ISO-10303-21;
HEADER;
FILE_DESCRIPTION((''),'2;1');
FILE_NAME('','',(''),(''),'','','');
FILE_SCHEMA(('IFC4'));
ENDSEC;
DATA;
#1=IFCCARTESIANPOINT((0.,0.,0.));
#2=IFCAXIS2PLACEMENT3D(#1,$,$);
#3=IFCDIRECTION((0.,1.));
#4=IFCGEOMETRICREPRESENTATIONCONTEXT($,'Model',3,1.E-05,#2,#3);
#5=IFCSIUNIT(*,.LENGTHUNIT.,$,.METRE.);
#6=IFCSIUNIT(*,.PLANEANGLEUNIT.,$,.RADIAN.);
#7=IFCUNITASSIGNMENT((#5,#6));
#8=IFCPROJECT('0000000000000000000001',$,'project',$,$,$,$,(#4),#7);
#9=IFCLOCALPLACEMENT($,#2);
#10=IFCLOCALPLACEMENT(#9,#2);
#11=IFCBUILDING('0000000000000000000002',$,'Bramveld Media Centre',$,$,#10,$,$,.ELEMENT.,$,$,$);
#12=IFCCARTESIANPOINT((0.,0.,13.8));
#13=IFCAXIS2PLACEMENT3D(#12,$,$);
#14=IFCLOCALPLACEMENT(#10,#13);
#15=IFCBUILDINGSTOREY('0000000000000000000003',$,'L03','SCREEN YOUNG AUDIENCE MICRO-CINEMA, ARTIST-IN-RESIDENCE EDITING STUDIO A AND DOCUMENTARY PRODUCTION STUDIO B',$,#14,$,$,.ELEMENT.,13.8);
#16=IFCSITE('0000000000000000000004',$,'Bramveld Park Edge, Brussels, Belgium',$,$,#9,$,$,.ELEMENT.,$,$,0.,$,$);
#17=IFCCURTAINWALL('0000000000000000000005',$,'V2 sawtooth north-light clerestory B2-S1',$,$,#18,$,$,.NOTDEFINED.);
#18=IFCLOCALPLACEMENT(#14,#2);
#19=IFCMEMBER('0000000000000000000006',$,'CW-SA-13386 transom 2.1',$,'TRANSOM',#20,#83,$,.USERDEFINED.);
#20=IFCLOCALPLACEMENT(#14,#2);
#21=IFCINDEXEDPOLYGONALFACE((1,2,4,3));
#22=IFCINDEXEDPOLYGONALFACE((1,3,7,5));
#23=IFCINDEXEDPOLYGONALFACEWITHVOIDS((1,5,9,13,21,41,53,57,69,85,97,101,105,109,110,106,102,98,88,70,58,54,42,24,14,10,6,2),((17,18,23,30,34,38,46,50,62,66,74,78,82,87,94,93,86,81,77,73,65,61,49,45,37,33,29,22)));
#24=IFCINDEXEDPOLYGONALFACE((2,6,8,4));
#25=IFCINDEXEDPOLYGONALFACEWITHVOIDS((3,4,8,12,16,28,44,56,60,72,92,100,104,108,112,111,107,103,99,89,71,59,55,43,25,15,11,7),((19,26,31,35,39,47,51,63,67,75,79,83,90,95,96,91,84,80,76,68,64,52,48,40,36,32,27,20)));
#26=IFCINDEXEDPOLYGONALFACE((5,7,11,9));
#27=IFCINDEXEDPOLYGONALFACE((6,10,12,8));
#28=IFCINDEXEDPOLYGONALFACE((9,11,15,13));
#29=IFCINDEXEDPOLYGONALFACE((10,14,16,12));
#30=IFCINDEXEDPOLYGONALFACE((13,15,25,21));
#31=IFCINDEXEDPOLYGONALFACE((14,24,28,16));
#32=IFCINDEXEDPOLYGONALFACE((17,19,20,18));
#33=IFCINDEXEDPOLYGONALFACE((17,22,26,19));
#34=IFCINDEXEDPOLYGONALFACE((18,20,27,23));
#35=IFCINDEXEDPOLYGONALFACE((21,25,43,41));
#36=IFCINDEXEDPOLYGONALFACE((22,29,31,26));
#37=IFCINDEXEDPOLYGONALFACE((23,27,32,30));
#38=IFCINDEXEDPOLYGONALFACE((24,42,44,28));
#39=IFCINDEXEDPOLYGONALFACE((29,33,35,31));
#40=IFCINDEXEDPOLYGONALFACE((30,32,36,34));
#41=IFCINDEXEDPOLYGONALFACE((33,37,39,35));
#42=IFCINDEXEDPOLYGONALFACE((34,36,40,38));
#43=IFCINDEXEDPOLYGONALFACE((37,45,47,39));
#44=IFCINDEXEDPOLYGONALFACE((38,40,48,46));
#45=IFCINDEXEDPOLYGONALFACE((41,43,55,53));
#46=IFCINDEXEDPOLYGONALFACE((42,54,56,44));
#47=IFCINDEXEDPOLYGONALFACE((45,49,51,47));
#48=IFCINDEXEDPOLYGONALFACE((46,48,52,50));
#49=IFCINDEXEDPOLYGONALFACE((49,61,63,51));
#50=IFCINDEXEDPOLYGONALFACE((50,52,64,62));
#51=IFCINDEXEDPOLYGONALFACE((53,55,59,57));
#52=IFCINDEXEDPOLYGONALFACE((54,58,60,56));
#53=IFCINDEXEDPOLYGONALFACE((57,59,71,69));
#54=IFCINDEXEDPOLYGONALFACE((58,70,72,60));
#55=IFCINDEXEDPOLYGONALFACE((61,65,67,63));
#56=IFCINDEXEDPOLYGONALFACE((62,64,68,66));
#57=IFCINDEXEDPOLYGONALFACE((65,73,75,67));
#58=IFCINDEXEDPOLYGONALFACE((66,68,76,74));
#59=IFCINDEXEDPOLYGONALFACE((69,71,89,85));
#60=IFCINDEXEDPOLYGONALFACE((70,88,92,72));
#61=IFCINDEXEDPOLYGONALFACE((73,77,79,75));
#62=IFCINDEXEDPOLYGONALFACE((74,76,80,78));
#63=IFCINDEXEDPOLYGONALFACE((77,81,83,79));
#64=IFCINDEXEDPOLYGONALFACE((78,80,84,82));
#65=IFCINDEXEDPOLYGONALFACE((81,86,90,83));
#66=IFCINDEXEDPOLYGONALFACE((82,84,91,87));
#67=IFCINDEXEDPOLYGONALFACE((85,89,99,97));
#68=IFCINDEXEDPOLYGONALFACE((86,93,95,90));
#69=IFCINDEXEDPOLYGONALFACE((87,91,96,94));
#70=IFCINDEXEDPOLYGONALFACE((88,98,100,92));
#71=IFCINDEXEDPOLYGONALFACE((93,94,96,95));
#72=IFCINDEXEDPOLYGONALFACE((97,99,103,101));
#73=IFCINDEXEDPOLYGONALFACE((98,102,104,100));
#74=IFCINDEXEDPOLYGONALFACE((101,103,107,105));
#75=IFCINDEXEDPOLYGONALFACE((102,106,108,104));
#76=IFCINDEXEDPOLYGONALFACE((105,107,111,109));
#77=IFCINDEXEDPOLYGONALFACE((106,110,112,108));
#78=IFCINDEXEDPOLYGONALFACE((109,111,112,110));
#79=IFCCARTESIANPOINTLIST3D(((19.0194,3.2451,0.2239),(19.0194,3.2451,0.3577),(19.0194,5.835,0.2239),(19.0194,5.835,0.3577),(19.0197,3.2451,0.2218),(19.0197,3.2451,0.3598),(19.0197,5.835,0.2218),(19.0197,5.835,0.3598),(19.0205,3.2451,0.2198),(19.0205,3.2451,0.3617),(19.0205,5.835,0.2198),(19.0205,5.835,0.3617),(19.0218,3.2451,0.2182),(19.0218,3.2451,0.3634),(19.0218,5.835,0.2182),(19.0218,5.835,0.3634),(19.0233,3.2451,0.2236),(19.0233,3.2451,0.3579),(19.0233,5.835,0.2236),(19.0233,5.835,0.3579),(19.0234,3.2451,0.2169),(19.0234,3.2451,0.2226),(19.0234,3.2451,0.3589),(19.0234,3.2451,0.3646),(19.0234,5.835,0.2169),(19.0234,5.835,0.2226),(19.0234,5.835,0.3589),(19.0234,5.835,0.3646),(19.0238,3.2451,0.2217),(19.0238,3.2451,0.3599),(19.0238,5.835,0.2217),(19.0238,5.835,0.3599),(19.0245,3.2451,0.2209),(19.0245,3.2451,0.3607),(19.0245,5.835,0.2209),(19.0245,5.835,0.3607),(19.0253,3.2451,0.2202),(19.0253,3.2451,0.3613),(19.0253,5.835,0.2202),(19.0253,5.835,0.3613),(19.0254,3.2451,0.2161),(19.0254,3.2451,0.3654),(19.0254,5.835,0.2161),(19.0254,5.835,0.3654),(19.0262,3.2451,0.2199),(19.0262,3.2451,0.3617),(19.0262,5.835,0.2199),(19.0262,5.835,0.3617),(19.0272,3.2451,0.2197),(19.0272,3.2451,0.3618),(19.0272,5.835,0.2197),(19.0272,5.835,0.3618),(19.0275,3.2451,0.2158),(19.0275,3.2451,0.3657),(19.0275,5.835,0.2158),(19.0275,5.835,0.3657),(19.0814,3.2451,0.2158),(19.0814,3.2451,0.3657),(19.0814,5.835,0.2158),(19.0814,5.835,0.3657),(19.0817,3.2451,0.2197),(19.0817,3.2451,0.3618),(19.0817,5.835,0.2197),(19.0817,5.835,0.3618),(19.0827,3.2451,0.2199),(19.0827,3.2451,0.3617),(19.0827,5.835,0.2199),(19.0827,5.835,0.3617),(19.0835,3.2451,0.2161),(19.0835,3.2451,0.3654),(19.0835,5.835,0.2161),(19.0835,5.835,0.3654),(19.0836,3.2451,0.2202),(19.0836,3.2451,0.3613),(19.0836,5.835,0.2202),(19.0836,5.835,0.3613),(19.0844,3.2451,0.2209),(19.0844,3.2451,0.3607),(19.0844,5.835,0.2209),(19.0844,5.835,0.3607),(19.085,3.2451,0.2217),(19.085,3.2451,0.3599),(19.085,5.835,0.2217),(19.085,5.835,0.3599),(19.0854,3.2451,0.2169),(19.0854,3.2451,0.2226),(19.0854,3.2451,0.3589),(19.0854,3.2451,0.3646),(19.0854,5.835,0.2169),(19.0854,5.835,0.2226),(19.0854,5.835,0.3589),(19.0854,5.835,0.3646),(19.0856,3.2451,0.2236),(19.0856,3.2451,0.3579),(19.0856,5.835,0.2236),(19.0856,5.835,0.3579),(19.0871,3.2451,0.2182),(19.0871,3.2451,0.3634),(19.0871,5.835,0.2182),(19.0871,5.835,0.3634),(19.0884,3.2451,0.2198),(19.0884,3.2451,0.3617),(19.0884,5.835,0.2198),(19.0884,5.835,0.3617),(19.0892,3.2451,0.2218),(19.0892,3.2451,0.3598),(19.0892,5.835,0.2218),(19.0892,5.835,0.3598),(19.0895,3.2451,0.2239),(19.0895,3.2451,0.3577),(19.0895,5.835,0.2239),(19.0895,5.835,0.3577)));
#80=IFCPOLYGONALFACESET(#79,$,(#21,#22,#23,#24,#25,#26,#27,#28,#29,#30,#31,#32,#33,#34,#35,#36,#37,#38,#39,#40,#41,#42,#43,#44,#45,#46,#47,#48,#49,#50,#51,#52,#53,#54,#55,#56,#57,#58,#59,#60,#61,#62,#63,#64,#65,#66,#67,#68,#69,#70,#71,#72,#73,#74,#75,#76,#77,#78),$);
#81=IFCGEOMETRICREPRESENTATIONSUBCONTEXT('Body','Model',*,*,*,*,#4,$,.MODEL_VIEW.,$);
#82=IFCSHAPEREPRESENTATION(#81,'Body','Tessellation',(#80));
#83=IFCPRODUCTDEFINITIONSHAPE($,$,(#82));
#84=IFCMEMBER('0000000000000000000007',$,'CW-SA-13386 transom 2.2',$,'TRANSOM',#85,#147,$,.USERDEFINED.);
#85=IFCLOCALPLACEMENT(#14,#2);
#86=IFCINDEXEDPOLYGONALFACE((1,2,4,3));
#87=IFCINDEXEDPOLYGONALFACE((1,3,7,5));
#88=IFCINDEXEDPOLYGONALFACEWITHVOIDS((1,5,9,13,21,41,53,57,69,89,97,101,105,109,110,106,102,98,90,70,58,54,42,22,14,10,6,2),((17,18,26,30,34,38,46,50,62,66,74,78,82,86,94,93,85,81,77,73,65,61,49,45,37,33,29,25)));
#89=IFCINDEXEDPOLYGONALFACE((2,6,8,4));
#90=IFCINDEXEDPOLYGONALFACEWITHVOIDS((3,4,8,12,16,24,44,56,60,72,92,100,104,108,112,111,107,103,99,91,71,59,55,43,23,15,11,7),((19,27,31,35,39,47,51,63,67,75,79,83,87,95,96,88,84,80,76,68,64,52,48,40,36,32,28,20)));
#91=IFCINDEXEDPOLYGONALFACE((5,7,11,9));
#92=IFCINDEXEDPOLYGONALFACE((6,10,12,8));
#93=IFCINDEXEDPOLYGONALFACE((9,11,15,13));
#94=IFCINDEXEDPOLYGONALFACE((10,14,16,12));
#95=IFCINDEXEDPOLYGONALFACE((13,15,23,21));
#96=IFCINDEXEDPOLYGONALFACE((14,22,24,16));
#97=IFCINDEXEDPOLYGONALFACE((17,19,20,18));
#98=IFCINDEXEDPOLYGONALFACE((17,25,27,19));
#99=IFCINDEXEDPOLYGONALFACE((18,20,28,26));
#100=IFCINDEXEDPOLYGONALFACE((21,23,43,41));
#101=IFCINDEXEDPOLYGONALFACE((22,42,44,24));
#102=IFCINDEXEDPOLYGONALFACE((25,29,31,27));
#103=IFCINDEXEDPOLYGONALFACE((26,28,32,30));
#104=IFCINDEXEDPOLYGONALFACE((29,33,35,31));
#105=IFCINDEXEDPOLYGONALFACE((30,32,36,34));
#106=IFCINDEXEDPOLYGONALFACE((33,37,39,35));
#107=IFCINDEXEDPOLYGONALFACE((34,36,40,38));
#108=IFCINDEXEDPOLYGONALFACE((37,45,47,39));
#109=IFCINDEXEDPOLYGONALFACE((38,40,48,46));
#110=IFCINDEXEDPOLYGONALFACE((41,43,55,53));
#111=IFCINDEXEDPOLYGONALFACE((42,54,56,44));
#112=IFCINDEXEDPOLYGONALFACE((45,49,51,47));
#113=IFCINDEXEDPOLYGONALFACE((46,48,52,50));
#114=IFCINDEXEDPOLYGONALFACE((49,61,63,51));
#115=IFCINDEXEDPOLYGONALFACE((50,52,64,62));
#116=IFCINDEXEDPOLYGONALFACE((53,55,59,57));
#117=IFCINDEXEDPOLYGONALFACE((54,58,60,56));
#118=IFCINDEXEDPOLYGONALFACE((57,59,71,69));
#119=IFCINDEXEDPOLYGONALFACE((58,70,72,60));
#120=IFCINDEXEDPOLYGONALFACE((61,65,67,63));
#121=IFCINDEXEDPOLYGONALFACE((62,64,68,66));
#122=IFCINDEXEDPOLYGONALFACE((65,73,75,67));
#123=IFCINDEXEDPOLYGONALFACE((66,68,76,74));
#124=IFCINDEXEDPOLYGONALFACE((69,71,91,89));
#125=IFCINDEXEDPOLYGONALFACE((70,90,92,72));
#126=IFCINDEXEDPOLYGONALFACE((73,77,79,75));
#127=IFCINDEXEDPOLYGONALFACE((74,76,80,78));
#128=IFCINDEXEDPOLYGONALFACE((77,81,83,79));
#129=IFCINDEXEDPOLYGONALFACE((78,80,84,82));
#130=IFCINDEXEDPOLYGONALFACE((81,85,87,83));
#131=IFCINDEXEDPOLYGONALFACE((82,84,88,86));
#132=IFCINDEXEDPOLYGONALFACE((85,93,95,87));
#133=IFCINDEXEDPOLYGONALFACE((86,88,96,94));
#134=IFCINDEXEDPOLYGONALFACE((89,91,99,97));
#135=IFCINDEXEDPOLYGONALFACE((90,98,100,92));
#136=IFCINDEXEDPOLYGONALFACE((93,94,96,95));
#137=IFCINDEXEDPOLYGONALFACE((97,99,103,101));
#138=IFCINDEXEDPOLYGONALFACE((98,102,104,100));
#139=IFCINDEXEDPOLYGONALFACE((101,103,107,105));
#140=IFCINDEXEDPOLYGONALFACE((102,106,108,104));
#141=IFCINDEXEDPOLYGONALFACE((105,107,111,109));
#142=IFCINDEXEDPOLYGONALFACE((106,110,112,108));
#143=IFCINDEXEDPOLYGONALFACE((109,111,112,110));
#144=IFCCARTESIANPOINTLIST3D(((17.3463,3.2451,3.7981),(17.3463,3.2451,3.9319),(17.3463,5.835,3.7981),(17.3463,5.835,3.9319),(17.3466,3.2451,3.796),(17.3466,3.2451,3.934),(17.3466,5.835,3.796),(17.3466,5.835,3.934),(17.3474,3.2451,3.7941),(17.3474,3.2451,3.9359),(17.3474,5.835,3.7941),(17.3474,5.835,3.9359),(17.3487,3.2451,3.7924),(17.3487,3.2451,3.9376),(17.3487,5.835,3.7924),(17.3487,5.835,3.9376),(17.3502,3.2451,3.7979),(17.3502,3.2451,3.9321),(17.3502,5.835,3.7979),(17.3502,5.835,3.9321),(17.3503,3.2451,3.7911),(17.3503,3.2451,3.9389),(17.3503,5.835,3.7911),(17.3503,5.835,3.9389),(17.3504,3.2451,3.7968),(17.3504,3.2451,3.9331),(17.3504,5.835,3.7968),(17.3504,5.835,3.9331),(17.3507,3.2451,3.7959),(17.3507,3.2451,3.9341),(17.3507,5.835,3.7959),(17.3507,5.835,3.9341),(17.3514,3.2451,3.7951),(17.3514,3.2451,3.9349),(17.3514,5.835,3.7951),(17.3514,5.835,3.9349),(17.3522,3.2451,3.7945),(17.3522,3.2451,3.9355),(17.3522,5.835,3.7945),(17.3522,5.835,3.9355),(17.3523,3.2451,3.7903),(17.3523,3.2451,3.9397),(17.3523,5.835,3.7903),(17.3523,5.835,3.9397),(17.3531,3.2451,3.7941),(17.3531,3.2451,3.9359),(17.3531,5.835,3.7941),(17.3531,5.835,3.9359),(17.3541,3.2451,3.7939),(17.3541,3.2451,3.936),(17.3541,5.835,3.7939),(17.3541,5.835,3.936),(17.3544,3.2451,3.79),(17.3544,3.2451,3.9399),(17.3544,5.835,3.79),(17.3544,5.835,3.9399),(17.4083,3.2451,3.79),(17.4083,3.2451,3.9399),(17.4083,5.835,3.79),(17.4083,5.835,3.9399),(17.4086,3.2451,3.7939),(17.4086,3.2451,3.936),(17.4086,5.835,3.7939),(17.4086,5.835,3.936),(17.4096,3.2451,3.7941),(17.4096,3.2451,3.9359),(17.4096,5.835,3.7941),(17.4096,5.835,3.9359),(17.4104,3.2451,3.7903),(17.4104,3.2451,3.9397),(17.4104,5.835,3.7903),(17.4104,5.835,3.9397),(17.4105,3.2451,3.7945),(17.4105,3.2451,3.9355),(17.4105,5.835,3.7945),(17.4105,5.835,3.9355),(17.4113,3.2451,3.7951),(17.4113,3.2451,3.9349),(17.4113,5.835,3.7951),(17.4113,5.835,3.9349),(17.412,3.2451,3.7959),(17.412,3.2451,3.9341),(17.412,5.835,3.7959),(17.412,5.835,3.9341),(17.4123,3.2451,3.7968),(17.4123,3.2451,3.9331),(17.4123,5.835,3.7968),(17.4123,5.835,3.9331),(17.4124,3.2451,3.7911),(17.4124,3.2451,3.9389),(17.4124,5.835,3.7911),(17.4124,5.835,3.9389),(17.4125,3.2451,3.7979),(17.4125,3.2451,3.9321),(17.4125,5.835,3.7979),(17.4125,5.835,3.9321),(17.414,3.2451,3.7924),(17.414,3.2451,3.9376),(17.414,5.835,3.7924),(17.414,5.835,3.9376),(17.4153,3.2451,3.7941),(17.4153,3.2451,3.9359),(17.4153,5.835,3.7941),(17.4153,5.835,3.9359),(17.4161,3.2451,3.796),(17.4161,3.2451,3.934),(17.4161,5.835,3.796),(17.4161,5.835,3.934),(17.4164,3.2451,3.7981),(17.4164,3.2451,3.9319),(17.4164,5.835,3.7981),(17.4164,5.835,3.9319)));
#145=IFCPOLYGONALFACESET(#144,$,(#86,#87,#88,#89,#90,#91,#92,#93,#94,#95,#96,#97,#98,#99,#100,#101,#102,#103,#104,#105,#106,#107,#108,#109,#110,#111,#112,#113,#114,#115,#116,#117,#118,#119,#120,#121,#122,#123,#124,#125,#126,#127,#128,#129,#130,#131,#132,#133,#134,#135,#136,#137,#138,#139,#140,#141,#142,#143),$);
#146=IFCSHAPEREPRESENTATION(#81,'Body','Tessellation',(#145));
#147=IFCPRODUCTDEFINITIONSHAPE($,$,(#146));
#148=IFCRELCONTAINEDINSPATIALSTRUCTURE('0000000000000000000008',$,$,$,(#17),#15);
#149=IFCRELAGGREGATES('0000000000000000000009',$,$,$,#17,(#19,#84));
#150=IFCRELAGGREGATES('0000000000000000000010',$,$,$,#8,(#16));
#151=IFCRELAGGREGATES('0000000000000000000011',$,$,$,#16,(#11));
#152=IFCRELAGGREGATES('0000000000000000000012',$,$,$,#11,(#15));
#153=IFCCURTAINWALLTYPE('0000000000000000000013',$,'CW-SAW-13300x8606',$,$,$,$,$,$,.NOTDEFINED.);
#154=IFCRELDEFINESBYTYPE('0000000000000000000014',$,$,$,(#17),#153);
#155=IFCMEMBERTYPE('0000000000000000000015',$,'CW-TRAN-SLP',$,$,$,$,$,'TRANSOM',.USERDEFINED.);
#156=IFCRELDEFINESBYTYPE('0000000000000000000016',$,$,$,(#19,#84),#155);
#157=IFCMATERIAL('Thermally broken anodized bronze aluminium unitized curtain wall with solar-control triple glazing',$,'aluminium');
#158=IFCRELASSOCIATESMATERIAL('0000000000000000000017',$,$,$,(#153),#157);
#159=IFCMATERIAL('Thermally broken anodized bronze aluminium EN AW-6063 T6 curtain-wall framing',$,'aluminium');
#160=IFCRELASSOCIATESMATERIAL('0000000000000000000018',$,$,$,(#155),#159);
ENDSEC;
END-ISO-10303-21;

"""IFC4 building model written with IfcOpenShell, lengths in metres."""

from ifc_helpers import new_model, si_unit, direction, frame, origin, origin_2d, place, context, subcontext, project, spatial, hollow_rectangle, extrude, material, material_profile, profile_set, type_object, element, aggregate, save


model = new_model("IFC4")

# Units and contexts
model_context = context("Model", 3, precision=1e-05, world=origin(), true_north=direction((0.0, 1.0)))
body_context = subcontext(model_context, "Body", "Model", "MODEL_VIEW")
ifc_project = project(units=[si_unit("LENGTHUNIT", "METRE"), si_unit("PLANEANGLEUNIT", "RADIAN")], contexts=[model_context])

# Site, building, storey
site_placement = place(None, origin())
site = spatial("IfcSite", under=ifc_project, at=site_placement, Name="Bramveld Park Edge, Brussels, Belgium", CompositionType="ELEMENT", RefElevation=0.0)
building_placement = place(site_placement, origin())
building = spatial("IfcBuilding", under=site, at=building_placement, Name="Bramveld Media Centre", CompositionType="ELEMENT")
storey_placement = place(building_placement, frame((0.0, 0.0, 13.8)))
storey = spatial("IfcBuildingStorey", under=building, at=storey_placement, Name="L03", Description="SCREEN YOUNG AUDIENCE MICRO-CINEMA, ARTIST-IN-RESIDENCE EDITING STUDIO A AND DOCUMENTARY PRODUCTION STUDIO B", CompositionType="ELEMENT", Elevation=13.8)

# Curtain wall, members
ifc_material_1 = material(Name="Thermally broken anodized bronze aluminium unitized curtain wall with solar-control triple glazing", Category="aluminium")
curtain_wall_type = type_object("IfcCurtainWallType", Name="CW-SAW-13300x8606", PredefinedType="NOTDEFINED", material=ifc_material_1)
curtain_wall_placement = place(storey_placement, origin())
curtain_wall = element("IfcCurtainWall", 1, at=curtain_wall_placement, inside=storey, type_object=curtain_wall_type, Name="V2 sawtooth north-light clerestory B2-S1", PredefinedType="NOTDEFINED")
ifc_material_2 = material(Name="Thermally broken anodized bronze aluminium EN AW-6063 T6 curtain-wall framing", Category="aluminium")
ifc_material_profile_1 = material_profile(ifc_material_2, hollow_rectangle(XDim=0.0701, YDim=0.1499, WallThickness=0.0039, InnerFilletRadius=0.0039, OuterFilletRadius=0.0081, at=origin_2d()), Name="AL-TRAN 70x150")
ifc_profile_set_1 = profile_set([ifc_material_profile_1], Name="Thermally broken anodized bronze aluminium EN AW-6063 T6 curtain-wall framing")
member_type_1 = type_object("IfcMemberType", Name="CW-TRAN-SLP", ElementType="TRANSOM", PredefinedType="USERDEFINED", material=ifc_profile_set_1)
member_1_placement = place(storey_placement, frame((19.0544, 3.2451, 0.2908), z_axis=(0.0, 1.0, 0.0), x_axis=(-1.0, 0.0, 0.0)))
member_1 = element("IfcMember", 2, at=member_1_placement, type_object=member_type_1, Name="CW-SA-13386 transom 2.1", ObjectType="TRANSOM", PredefinedType="USERDEFINED", context=body_context, shape_type="SweptSolid", body=[
    extrude(hollow_rectangle(XDim=0.0701, YDim=0.1499, WallThickness=0.0039, InnerFilletRadius=0.0039, OuterFilletRadius=0.0081, at=origin_2d()), origin(), (0.0, 0.0, 1.0), 2.5898),
])
member_2_placement = place(storey_placement, frame((17.3813, 3.2451, 3.865), z_axis=(0.0, 1.0, 0.0), x_axis=(-1.0, 0.0, 0.0)))
member_2 = element("IfcMember", 3, at=member_2_placement, type_object=member_type_1, Name="CW-SA-13386 transom 2.2", ObjectType="TRANSOM", PredefinedType="USERDEFINED", context=body_context, shape_type="SweptSolid", body=[
    extrude(hollow_rectangle(XDim=0.0701, YDim=0.1499, WallThickness=0.0039, InnerFilletRadius=0.0039, OuterFilletRadius=0.0081, at=origin_2d()), origin(), (0.0, 0.0, 1.0), 2.5898),
])

aggregate(curtain_wall, [member_1, member_2])

save(model, "model.ifc")
